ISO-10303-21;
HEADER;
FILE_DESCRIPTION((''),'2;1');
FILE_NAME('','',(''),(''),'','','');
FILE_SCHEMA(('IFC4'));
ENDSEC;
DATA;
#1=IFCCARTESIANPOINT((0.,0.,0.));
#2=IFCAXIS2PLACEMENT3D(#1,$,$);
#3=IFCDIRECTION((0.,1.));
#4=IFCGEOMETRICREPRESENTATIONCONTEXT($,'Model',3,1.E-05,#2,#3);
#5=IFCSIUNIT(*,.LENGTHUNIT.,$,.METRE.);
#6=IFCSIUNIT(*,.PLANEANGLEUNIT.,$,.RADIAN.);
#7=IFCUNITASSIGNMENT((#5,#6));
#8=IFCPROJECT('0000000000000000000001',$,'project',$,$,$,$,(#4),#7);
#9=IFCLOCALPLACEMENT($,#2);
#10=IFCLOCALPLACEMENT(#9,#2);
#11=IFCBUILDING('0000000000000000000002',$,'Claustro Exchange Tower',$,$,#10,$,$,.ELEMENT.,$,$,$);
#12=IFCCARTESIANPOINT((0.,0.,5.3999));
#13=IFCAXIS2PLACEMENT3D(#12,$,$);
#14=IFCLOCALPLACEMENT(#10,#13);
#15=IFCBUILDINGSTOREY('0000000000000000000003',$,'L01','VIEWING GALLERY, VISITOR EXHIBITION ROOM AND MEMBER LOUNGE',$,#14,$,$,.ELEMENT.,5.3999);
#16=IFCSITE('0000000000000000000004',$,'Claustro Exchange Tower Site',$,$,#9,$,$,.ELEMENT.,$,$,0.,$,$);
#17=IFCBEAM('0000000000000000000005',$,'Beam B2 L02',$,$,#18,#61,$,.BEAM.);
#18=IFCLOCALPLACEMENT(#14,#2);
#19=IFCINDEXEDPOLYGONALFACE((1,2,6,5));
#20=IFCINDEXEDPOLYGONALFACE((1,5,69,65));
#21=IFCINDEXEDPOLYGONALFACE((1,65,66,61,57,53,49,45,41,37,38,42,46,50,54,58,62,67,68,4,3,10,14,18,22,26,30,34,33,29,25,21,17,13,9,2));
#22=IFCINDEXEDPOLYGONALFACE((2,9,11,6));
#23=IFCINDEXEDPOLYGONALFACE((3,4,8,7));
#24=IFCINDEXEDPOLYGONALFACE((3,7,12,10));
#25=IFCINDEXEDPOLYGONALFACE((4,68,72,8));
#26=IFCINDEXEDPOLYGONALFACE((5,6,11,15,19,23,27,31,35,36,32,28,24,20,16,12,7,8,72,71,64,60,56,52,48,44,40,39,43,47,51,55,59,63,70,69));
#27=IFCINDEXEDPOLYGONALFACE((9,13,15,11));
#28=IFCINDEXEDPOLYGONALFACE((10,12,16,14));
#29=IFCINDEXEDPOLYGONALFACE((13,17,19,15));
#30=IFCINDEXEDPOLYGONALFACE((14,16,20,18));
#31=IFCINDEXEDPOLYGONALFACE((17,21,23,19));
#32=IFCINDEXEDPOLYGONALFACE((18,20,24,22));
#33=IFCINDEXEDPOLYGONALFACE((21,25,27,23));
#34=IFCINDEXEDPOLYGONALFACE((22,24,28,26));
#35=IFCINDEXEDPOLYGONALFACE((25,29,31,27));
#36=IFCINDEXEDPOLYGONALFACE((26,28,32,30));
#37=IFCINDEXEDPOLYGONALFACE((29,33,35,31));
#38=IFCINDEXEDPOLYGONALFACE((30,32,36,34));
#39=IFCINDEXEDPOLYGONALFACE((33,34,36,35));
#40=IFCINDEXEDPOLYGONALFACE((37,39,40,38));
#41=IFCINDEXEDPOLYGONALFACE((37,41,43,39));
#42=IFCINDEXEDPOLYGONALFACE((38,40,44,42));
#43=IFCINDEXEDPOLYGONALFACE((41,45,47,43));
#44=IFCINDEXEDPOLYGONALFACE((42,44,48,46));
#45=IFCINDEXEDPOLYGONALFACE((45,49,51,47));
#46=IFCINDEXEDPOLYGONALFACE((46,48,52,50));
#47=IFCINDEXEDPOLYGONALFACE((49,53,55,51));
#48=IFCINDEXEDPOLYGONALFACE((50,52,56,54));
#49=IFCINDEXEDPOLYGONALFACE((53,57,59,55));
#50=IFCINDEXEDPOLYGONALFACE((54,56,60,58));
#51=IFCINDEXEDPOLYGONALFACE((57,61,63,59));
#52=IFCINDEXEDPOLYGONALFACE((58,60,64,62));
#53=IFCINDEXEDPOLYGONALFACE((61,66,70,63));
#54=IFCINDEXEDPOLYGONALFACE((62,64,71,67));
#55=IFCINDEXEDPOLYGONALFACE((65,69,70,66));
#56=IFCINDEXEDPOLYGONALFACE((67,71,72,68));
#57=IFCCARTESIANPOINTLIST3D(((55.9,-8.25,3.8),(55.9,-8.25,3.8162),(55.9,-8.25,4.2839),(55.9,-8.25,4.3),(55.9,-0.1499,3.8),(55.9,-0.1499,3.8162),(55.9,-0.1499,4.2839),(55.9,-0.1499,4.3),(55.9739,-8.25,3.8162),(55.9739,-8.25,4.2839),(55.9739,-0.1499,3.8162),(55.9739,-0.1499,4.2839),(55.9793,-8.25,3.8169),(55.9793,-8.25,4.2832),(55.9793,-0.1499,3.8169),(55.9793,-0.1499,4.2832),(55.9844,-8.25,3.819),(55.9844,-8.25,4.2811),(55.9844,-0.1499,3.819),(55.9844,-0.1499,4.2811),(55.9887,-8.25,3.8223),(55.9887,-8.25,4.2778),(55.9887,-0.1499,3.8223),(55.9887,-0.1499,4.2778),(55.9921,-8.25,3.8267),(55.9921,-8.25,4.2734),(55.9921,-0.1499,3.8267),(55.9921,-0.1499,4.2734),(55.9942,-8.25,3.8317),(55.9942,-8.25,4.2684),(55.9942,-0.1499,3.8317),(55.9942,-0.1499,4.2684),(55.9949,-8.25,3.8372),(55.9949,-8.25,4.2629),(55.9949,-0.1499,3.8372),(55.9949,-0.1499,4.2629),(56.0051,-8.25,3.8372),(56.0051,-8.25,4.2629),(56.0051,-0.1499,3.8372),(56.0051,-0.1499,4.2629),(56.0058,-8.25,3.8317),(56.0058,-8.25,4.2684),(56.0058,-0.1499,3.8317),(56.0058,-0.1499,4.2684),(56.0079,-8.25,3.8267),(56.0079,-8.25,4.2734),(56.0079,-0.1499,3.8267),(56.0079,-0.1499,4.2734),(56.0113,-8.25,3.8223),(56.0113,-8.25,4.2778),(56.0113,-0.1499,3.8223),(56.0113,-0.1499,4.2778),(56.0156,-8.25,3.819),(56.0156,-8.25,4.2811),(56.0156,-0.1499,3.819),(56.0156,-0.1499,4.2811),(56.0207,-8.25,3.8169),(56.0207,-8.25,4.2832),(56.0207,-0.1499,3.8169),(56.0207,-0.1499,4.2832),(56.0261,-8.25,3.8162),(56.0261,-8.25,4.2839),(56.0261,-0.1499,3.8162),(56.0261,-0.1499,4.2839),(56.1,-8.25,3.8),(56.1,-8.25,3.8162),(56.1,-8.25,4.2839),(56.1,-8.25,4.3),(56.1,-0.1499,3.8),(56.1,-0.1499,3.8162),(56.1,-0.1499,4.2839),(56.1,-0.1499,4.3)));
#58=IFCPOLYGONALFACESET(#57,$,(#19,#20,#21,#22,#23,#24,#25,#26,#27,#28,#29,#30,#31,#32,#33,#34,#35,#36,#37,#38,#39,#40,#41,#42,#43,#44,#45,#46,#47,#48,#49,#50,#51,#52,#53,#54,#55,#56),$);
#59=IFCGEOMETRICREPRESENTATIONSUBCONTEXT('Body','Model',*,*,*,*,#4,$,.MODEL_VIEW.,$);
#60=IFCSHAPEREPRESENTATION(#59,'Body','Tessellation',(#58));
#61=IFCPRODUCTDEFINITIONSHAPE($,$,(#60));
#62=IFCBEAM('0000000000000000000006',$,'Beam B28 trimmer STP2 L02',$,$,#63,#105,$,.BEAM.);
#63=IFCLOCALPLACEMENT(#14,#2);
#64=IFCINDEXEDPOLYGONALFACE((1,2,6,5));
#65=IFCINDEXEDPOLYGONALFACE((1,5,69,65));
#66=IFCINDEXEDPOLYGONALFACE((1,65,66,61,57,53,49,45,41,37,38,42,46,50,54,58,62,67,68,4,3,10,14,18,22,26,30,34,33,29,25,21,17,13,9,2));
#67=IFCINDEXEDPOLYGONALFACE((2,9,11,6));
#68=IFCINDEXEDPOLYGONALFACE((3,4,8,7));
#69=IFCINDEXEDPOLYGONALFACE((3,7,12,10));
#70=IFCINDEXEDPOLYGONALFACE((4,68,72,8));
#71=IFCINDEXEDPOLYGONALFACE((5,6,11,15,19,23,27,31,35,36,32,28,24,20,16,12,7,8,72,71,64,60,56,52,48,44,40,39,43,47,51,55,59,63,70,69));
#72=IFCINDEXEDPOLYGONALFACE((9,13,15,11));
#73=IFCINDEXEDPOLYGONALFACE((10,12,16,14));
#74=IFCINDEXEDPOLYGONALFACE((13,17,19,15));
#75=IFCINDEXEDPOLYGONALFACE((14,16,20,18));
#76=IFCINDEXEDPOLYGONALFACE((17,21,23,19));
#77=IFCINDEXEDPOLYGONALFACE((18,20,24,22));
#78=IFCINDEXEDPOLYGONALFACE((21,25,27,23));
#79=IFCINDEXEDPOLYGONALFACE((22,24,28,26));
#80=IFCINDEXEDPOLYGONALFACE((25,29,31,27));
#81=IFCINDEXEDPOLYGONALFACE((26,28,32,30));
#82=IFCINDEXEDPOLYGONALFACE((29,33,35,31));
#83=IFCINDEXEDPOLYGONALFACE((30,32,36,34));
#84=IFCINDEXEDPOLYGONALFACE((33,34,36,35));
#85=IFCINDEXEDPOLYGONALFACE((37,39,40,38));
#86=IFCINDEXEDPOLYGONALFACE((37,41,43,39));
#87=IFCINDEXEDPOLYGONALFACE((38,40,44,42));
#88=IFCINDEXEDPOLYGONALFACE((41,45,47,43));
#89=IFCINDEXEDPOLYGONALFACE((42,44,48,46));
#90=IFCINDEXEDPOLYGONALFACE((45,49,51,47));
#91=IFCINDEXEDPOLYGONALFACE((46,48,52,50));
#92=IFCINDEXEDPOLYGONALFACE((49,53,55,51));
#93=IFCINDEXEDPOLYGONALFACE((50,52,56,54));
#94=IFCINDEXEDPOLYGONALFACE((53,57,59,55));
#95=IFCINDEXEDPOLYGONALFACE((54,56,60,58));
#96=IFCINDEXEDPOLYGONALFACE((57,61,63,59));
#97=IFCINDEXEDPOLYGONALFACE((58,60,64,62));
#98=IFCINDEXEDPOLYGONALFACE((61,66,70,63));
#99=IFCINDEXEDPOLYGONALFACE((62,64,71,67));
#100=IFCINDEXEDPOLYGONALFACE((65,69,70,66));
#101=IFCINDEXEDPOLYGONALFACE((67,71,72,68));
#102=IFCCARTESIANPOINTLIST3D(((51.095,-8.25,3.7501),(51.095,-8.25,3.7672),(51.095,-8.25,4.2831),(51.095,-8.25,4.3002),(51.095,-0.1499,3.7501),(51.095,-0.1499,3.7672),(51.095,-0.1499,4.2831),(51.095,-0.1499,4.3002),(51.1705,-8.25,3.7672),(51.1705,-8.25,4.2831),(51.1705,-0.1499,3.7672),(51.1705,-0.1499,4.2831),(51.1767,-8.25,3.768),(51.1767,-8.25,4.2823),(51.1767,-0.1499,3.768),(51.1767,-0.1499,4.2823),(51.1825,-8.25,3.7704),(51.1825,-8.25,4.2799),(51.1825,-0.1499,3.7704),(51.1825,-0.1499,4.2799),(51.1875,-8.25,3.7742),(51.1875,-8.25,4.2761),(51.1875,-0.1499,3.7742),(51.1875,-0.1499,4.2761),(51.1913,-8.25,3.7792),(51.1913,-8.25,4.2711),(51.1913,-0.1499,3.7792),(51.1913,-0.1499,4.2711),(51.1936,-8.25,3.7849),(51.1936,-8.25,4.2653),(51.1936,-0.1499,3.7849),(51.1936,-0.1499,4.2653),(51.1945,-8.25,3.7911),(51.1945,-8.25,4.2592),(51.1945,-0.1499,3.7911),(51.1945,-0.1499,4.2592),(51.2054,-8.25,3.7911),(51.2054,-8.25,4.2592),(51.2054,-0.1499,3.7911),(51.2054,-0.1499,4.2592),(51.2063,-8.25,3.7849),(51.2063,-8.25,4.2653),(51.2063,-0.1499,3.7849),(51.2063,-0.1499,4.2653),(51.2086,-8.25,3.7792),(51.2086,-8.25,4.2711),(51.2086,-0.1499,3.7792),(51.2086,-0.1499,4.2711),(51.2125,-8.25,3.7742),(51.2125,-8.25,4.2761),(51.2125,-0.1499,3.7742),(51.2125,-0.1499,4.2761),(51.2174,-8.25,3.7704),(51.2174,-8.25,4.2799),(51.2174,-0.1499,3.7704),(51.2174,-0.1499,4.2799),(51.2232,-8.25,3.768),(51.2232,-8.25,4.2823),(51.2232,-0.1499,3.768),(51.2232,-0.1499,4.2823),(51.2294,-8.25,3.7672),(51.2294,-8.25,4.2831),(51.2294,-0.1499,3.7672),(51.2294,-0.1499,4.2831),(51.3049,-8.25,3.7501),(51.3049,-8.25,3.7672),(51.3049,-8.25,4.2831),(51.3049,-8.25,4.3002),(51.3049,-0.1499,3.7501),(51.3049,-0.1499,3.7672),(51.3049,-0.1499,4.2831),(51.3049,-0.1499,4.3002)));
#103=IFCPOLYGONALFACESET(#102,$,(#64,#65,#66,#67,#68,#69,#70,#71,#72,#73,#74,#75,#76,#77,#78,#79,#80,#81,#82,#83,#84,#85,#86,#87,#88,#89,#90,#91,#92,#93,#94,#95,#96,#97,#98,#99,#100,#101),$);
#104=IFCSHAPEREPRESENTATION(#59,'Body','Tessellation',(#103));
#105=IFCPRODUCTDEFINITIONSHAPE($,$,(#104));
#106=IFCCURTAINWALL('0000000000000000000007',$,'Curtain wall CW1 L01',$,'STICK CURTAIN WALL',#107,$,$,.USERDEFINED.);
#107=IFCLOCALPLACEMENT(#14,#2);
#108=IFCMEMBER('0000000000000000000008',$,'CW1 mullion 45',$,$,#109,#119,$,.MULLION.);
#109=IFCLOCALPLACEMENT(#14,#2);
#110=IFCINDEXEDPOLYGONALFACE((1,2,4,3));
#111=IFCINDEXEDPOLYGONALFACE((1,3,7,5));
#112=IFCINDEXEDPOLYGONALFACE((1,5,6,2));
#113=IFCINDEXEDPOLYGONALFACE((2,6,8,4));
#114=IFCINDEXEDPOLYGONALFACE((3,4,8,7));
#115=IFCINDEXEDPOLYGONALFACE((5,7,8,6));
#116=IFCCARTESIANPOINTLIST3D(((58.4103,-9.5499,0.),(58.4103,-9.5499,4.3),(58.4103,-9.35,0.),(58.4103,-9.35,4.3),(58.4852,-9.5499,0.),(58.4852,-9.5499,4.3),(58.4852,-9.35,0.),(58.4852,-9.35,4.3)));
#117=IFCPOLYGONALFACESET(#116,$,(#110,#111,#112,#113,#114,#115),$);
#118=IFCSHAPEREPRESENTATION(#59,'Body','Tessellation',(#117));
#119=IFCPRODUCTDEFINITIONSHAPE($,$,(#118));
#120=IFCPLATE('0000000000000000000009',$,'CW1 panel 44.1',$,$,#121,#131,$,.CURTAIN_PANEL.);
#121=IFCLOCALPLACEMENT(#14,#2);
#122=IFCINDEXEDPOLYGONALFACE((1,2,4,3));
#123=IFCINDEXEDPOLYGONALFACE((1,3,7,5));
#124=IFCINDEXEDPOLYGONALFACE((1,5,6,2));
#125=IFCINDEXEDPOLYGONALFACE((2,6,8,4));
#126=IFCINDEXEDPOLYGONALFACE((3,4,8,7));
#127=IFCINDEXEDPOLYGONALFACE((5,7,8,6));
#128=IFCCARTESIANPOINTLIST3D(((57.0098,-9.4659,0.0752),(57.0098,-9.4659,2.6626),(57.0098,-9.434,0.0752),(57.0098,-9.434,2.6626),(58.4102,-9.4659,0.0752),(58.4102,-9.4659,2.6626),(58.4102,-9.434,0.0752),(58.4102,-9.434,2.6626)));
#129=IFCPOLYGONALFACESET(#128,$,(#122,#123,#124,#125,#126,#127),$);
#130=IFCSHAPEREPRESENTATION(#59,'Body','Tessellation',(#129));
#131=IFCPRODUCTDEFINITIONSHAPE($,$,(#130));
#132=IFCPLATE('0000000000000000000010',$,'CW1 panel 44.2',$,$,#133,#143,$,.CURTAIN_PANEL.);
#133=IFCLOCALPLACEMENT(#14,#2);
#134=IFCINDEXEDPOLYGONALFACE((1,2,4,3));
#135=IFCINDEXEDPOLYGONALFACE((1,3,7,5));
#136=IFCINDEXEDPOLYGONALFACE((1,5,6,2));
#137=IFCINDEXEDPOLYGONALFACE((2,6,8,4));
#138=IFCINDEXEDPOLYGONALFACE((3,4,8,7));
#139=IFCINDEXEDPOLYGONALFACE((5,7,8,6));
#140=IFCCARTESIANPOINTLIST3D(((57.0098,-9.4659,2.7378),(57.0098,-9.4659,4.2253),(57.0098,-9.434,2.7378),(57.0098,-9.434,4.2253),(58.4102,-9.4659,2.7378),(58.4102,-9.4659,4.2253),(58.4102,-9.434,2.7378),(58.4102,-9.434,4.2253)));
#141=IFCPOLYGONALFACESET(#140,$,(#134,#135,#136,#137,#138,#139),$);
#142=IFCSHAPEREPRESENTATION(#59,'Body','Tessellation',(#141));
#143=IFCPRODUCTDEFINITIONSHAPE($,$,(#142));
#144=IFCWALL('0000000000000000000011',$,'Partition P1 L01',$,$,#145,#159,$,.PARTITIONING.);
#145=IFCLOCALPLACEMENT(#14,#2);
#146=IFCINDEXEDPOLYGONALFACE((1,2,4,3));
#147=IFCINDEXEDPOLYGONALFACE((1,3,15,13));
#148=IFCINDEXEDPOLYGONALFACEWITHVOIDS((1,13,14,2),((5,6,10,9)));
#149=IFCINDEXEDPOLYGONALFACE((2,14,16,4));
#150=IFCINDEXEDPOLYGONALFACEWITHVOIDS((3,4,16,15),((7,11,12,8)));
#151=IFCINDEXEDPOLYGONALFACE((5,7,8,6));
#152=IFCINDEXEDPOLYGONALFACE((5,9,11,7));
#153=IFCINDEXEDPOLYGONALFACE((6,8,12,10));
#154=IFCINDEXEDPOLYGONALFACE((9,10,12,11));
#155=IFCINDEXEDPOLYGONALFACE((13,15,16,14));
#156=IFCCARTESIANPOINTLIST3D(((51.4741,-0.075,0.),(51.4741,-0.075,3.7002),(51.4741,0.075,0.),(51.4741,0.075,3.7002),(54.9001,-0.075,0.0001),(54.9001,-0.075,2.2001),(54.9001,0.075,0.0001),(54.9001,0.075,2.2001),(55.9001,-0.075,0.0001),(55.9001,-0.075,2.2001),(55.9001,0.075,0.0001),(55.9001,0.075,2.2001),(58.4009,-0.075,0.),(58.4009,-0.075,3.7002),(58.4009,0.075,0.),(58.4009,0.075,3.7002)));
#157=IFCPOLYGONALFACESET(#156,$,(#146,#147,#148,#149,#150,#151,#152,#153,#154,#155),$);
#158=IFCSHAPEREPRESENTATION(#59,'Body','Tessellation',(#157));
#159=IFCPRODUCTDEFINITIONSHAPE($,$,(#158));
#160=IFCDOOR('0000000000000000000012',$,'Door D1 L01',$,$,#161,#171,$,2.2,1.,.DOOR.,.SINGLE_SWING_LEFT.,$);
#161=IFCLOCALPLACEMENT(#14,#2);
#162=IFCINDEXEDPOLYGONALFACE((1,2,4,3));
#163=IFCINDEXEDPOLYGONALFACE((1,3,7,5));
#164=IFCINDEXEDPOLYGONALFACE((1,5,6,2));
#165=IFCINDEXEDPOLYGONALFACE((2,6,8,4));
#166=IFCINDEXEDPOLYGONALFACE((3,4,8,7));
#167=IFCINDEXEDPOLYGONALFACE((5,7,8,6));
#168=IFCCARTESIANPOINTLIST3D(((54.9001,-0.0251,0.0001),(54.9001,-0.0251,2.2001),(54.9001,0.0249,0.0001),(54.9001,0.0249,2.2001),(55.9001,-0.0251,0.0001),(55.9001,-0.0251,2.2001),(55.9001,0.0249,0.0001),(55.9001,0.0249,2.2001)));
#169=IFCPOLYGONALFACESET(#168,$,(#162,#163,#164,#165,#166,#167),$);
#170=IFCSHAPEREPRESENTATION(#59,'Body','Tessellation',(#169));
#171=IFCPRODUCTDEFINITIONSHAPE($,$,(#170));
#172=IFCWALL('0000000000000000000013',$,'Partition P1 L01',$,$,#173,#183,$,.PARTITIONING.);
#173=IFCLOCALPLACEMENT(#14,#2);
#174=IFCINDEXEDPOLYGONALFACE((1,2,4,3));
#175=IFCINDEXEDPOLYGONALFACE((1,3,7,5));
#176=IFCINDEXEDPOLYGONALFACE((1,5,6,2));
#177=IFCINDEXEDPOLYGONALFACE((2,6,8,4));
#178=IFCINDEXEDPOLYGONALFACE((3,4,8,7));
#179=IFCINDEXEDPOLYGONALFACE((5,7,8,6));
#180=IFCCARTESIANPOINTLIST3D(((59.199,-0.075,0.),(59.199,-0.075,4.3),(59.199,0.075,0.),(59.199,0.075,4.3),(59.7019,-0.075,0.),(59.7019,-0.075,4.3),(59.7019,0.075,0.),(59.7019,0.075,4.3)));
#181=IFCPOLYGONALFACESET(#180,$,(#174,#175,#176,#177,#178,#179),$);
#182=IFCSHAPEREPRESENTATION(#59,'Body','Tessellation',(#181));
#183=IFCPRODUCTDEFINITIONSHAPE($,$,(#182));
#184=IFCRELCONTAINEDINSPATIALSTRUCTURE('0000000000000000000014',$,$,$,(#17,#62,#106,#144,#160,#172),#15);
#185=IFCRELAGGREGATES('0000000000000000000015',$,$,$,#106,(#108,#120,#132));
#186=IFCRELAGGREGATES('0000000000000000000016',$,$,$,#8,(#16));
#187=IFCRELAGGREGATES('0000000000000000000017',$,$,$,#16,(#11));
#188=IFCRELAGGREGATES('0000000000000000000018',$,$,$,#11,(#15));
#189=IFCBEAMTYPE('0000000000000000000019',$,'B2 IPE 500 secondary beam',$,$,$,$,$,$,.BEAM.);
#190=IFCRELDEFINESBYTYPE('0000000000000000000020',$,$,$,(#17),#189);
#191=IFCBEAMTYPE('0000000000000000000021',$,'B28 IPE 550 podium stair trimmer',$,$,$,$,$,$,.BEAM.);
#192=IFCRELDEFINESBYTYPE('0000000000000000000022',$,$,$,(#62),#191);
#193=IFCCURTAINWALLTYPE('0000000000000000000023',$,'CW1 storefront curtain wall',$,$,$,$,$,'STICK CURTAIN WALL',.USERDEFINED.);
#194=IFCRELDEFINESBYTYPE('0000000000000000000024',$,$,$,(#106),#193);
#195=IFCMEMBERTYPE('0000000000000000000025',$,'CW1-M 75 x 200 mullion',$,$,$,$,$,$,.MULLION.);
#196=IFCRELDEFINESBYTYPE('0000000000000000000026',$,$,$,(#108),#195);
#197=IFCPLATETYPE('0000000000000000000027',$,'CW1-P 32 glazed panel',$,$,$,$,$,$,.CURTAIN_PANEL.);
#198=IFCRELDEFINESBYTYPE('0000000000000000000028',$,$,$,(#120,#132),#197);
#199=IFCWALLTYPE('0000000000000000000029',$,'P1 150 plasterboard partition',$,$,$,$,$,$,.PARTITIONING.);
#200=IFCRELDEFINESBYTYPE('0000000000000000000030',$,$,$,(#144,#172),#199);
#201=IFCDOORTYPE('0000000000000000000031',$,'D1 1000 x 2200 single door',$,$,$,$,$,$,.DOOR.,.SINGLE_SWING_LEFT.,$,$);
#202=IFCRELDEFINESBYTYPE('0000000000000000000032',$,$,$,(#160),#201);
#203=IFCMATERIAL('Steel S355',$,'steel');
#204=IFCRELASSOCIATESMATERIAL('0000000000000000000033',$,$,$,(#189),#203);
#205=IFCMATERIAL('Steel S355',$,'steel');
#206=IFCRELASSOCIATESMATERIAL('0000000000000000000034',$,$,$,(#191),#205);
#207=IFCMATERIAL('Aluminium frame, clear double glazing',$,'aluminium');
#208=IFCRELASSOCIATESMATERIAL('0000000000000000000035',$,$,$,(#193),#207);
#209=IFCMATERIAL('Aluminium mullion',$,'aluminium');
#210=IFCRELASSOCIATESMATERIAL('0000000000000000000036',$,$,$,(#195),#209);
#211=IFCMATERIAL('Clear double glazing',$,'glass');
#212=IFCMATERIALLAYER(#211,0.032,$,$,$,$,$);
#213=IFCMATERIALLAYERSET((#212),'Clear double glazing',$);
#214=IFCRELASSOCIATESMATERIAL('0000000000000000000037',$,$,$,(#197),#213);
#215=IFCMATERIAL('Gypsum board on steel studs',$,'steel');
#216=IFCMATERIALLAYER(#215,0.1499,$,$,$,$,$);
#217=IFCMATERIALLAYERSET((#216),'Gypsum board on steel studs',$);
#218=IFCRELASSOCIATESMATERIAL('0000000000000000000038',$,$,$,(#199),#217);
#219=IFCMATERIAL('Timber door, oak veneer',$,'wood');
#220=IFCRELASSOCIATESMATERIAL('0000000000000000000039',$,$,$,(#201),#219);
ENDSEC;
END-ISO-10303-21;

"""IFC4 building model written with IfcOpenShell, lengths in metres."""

from ifc_helpers import new_model, si_unit, direction, frame, frame_2d, origin, origin_2d, place, context, subcontext, project, spatial, rectangle, i_section, extrude, material, layer, layer_set, material_profile, profile_set, type_object, element, fill, aggregate, save


model = new_model("IFC4")

# Units and contexts
model_context = context("Model", 3, precision=1e-05, world=origin(), true_north=direction((0.0, 1.0)))
body_context = subcontext(model_context, "Body", "Model", "MODEL_VIEW")
ifc_project = project(units=[si_unit("LENGTHUNIT", "METRE"), si_unit("PLANEANGLEUNIT", "RADIAN")], contexts=[model_context])

# Site, building, storey
site_placement = place(None, origin())
site = spatial("IfcSite", under=ifc_project, at=site_placement, Name="Claustro Exchange Tower Site", CompositionType="ELEMENT", RefElevation=0.0)
building_placement = place(site_placement, origin())
building = spatial("IfcBuilding", under=site, at=building_placement, Name="Claustro Exchange Tower", CompositionType="ELEMENT")
storey_placement = place(building_placement, frame((0.0, 0.0, 5.3999)))
storey = spatial("IfcBuildingStorey", under=building, at=storey_placement, Name="L01", Description="VIEWING GALLERY, VISITOR EXHIBITION ROOM AND MEMBER LOUNGE", CompositionType="ELEMENT", Elevation=5.3999)

# Beams
ifc_material_1 = material(Name="Steel S355", Category="steel")
ifc_material_profile_1 = material_profile(ifc_material_1, i_section(OverallWidth=0.2, OverallDepth=0.5, WebThickness=0.0103, FlangeThickness=0.0161, FilletRadius=0.021, at=origin_2d()), Name="IPE 500")
ifc_profile_set_1 = profile_set([ifc_material_profile_1], Name="Steel S355")
beam_type_1 = type_object("IfcBeamType", Name="B2 IPE 500 secondary beam", PredefinedType="BEAM", material=ifc_profile_set_1)
for number, where, z_axis, x_axis, name in (
    (1, (56.0, -8.25, 4.05), (0.0, 1.0, 0.0), (-1.0, 0.0, 0.0), "Beam B2 L02"),
):
    element("IfcBeam", number, at=place(storey_placement, frame(where, z_axis=z_axis, x_axis=x_axis)), inside=storey, type_object=beam_type_1, Name=name, PredefinedType="BEAM", context=body_context, shape_type="SweptSolid", body=[
        extrude(i_section(OverallWidth=0.2, OverallDepth=0.5, WebThickness=0.0103, FlangeThickness=0.0161, FilletRadius=0.021, at=origin_2d()), origin(), (0.0, 0.0, 1.0), 8.1001),
    ])
ifc_material_2 = material(Name="Steel S355", Category="steel")
ifc_material_profile_2 = material_profile(ifc_material_2, i_section(OverallWidth=0.21, OverallDepth=0.55, WebThickness=0.011, FlangeThickness=0.0171, FilletRadius=0.0239, at=origin_2d()), Name="IPE 550")
ifc_profile_set_2 = profile_set([ifc_material_profile_2], Name="Steel S355")
beam_type_2 = type_object("IfcBeamType", Name="B28 IPE 550 podium stair trimmer", PredefinedType="BEAM", material=ifc_profile_set_2)
beam_placement = place(storey_placement, frame((51.2, -8.25, 4.0251), z_axis=(0.0, 1.0, 0.0), x_axis=(-1.0, 0.0, 0.0)))
element("IfcBeam", 2, at=beam_placement, inside=storey, type_object=beam_type_2, Name="Beam B28 trimmer STP2 L02", PredefinedType="BEAM", context=body_context, shape_type="SweptSolid", body=[
    extrude(i_section(OverallWidth=0.21, OverallDepth=0.55, WebThickness=0.011, FlangeThickness=0.0171, FilletRadius=0.0239, at=origin_2d()), origin(), (0.0, 0.0, 1.0), 8.1001),
])

# Curtain wall, member, plates
ifc_material_3 = material(Name="Aluminium frame, clear double glazing", Category="aluminium")
curtain_wall_type = type_object("IfcCurtainWallType", Name="CW1 storefront curtain wall", ElementType="STICK CURTAIN WALL", PredefinedType="USERDEFINED", material=ifc_material_3)
curtain_wall_placement = place(storey_placement, origin())
curtain_wall = element("IfcCurtainWall", 3, at=curtain_wall_placement, inside=storey, type_object=curtain_wall_type, Name="Curtain wall CW1 L01", ObjectType="STICK CURTAIN WALL", PredefinedType="USERDEFINED")
ifc_material_4 = material(Name="Aluminium mullion", Category="aluminium")
ifc_material_profile_3 = material_profile(ifc_material_4, rectangle(XDim=0.2, YDim=0.075, at=origin_2d()), Name="CW1-M 75x200")
ifc_profile_set_3 = profile_set([ifc_material_profile_3], Name="Aluminium mullion")
member_type = type_object("IfcMemberType", Name="CW1-M 75 x 200 mullion", PredefinedType="MULLION", material=ifc_profile_set_3)
member_placement = place(storey_placement, frame((58.4478, -9.45, 0.0), z_axis=(0.0, 0.0, 1.0), x_axis=(0.0, 1.0, 0.0)))
member = element("IfcMember", 4, at=member_placement, type_object=member_type, Name="CW1 mullion 45", PredefinedType="MULLION", context=body_context, shape_type="SweptSolid", body=[
    extrude(rectangle(XDim=0.2, YDim=0.075, at=origin_2d()), origin(), (0.0, 0.0, 1.0), 4.3),
])
ifc_material_5 = material(Name="Clear double glazing", Category="glass")
ifc_layer_1 = layer(ifc_material_5, 0.032)
ifc_layer_set_1 = layer_set([ifc_layer_1], Name="Clear double glazing")
plate_type = type_object("IfcPlateType", Name="CW1-P 32 glazed panel", PredefinedType="CURTAIN_PANEL", material=ifc_layer_set_1)
plate_1_placement = place(storey_placement, frame((57.71, -9.45, 0.0752), z_axis=(0.0, 0.0, 1.0), x_axis=(1.0, 0.0, 0.0)))
plate_1 = element("IfcPlate", 5, at=plate_1_placement, type_object=plate_type, Name="CW1 panel 44.1", PredefinedType="CURTAIN_PANEL", context=body_context, shape_type="SweptSolid", body=[
    extrude(rectangle(XDim=1.4004, YDim=0.032, at=origin_2d()), origin(), (0.0, 0.0, 1.0), 2.5874),
])
plate_2_placement = place(storey_placement, frame((57.71, -9.45, 2.7378), z_axis=(0.0, 0.0, 1.0), x_axis=(1.0, 0.0, 0.0)))
plate_2 = element("IfcPlate", 6, at=plate_2_placement, type_object=plate_type, Name="CW1 panel 44.2", PredefinedType="CURTAIN_PANEL", context=body_context, shape_type="SweptSolid", body=[
    extrude(rectangle(XDim=1.4004, YDim=0.032, at=origin_2d()), origin(), (0.0, 0.0, 1.0), 1.4875),
])
aggregate(curtain_wall, [member, plate_1, plate_2])

# Wall, opening, door
ifc_material_6 = material(Name="Gypsum board on steel studs", Category="steel")
ifc_layer_2 = layer(ifc_material_6, 0.1499)
ifc_layer_set_2 = layer_set([ifc_layer_2], Name="Gypsum board on steel studs")
wall_type_1 = type_object("IfcWallType", Name="P1 150 plasterboard partition", PredefinedType="PARTITIONING", material=ifc_layer_set_2)
wall_1_placement = place(storey_placement, frame((51.4741, 0.0, 0.0), z_axis=(0.0, 0.0, 1.0), x_axis=(1.0, 0.0, 0.0)))
wall_1 = element("IfcWall", 7, at=wall_1_placement, inside=storey, type_object=wall_type_1, Name="Partition P1 L01", PredefinedType="PARTITIONING", context=body_context, shape_type="SweptSolid", body=[
    extrude(rectangle(XDim=6.9268, YDim=0.1499, at=frame_2d((3.4634, 0.0))), origin(), (0.0, 0.0, 1.0), 3.7002),
])
opening_1_placement = place(wall_1_placement, frame((3.426, 0.0, 0.0)))
opening_1 = element("IfcOpeningElement", 8, at=opening_1_placement, cuts=wall_1, PredefinedType="OPENING", context=body_context, shape_type="SweptSolid", body=[
    extrude(rectangle(XDim=1.0, YDim=2.2, at=frame_2d((0.5, 1.1001))), frame((0.0, 0.085, 0.0), z_axis=(0.0, -1.0, 0.0), x_axis=(1.0, 0.0, 0.0)), (0.0, 0.0, 1.0), 0.1699),
])
ifc_material_7 = material(Name="Timber door, oak veneer", Category="wood")
door_type_1 = type_object("IfcDoorType", Name="D1 1000 x 2200 single door", OperationType="SINGLE_SWING_LEFT", PredefinedType="DOOR", material=ifc_material_7)
door_1_placement = place(opening_1_placement, origin())
door_1 = element("IfcDoor", 9, at=door_1_placement, inside=storey, type_object=door_type_1, Name="Door D1 L01", OperationType="SINGLE_SWING_LEFT", OverallHeight=2.2, OverallWidth=1.0, PredefinedType="DOOR", context=body_context, shape_type="SweptSolid", body=[
    extrude(rectangle(XDim=1.0, YDim=2.2, at=frame_2d((0.5, 1.1001))), frame((0.0, 0.0249, 0.0), z_axis=(0.0, -1.0, 0.0), x_axis=(1.0, 0.0, 0.0)), (0.0, 0.0, 1.0), 0.05),
])
fill(opening_1, door_1)

# Wall
wall_2_placement = place(storey_placement, frame((59.199, 0.0, 0.0), z_axis=(0.0, 0.0, 1.0), x_axis=(1.0, 0.0, 0.0)))
element("IfcWall", 10, at=wall_2_placement, inside=storey, type_object=wall_type_1, Name="Partition P1 L01", PredefinedType="PARTITIONING", context=body_context, shape_type="SweptSolid", body=[
    extrude(rectangle(XDim=0.5029, YDim=0.1499, at=frame_2d((0.2515, 0.0))), origin(), (0.0, 0.0, 1.0), 4.3),
])

save(model, "model.ifc")
